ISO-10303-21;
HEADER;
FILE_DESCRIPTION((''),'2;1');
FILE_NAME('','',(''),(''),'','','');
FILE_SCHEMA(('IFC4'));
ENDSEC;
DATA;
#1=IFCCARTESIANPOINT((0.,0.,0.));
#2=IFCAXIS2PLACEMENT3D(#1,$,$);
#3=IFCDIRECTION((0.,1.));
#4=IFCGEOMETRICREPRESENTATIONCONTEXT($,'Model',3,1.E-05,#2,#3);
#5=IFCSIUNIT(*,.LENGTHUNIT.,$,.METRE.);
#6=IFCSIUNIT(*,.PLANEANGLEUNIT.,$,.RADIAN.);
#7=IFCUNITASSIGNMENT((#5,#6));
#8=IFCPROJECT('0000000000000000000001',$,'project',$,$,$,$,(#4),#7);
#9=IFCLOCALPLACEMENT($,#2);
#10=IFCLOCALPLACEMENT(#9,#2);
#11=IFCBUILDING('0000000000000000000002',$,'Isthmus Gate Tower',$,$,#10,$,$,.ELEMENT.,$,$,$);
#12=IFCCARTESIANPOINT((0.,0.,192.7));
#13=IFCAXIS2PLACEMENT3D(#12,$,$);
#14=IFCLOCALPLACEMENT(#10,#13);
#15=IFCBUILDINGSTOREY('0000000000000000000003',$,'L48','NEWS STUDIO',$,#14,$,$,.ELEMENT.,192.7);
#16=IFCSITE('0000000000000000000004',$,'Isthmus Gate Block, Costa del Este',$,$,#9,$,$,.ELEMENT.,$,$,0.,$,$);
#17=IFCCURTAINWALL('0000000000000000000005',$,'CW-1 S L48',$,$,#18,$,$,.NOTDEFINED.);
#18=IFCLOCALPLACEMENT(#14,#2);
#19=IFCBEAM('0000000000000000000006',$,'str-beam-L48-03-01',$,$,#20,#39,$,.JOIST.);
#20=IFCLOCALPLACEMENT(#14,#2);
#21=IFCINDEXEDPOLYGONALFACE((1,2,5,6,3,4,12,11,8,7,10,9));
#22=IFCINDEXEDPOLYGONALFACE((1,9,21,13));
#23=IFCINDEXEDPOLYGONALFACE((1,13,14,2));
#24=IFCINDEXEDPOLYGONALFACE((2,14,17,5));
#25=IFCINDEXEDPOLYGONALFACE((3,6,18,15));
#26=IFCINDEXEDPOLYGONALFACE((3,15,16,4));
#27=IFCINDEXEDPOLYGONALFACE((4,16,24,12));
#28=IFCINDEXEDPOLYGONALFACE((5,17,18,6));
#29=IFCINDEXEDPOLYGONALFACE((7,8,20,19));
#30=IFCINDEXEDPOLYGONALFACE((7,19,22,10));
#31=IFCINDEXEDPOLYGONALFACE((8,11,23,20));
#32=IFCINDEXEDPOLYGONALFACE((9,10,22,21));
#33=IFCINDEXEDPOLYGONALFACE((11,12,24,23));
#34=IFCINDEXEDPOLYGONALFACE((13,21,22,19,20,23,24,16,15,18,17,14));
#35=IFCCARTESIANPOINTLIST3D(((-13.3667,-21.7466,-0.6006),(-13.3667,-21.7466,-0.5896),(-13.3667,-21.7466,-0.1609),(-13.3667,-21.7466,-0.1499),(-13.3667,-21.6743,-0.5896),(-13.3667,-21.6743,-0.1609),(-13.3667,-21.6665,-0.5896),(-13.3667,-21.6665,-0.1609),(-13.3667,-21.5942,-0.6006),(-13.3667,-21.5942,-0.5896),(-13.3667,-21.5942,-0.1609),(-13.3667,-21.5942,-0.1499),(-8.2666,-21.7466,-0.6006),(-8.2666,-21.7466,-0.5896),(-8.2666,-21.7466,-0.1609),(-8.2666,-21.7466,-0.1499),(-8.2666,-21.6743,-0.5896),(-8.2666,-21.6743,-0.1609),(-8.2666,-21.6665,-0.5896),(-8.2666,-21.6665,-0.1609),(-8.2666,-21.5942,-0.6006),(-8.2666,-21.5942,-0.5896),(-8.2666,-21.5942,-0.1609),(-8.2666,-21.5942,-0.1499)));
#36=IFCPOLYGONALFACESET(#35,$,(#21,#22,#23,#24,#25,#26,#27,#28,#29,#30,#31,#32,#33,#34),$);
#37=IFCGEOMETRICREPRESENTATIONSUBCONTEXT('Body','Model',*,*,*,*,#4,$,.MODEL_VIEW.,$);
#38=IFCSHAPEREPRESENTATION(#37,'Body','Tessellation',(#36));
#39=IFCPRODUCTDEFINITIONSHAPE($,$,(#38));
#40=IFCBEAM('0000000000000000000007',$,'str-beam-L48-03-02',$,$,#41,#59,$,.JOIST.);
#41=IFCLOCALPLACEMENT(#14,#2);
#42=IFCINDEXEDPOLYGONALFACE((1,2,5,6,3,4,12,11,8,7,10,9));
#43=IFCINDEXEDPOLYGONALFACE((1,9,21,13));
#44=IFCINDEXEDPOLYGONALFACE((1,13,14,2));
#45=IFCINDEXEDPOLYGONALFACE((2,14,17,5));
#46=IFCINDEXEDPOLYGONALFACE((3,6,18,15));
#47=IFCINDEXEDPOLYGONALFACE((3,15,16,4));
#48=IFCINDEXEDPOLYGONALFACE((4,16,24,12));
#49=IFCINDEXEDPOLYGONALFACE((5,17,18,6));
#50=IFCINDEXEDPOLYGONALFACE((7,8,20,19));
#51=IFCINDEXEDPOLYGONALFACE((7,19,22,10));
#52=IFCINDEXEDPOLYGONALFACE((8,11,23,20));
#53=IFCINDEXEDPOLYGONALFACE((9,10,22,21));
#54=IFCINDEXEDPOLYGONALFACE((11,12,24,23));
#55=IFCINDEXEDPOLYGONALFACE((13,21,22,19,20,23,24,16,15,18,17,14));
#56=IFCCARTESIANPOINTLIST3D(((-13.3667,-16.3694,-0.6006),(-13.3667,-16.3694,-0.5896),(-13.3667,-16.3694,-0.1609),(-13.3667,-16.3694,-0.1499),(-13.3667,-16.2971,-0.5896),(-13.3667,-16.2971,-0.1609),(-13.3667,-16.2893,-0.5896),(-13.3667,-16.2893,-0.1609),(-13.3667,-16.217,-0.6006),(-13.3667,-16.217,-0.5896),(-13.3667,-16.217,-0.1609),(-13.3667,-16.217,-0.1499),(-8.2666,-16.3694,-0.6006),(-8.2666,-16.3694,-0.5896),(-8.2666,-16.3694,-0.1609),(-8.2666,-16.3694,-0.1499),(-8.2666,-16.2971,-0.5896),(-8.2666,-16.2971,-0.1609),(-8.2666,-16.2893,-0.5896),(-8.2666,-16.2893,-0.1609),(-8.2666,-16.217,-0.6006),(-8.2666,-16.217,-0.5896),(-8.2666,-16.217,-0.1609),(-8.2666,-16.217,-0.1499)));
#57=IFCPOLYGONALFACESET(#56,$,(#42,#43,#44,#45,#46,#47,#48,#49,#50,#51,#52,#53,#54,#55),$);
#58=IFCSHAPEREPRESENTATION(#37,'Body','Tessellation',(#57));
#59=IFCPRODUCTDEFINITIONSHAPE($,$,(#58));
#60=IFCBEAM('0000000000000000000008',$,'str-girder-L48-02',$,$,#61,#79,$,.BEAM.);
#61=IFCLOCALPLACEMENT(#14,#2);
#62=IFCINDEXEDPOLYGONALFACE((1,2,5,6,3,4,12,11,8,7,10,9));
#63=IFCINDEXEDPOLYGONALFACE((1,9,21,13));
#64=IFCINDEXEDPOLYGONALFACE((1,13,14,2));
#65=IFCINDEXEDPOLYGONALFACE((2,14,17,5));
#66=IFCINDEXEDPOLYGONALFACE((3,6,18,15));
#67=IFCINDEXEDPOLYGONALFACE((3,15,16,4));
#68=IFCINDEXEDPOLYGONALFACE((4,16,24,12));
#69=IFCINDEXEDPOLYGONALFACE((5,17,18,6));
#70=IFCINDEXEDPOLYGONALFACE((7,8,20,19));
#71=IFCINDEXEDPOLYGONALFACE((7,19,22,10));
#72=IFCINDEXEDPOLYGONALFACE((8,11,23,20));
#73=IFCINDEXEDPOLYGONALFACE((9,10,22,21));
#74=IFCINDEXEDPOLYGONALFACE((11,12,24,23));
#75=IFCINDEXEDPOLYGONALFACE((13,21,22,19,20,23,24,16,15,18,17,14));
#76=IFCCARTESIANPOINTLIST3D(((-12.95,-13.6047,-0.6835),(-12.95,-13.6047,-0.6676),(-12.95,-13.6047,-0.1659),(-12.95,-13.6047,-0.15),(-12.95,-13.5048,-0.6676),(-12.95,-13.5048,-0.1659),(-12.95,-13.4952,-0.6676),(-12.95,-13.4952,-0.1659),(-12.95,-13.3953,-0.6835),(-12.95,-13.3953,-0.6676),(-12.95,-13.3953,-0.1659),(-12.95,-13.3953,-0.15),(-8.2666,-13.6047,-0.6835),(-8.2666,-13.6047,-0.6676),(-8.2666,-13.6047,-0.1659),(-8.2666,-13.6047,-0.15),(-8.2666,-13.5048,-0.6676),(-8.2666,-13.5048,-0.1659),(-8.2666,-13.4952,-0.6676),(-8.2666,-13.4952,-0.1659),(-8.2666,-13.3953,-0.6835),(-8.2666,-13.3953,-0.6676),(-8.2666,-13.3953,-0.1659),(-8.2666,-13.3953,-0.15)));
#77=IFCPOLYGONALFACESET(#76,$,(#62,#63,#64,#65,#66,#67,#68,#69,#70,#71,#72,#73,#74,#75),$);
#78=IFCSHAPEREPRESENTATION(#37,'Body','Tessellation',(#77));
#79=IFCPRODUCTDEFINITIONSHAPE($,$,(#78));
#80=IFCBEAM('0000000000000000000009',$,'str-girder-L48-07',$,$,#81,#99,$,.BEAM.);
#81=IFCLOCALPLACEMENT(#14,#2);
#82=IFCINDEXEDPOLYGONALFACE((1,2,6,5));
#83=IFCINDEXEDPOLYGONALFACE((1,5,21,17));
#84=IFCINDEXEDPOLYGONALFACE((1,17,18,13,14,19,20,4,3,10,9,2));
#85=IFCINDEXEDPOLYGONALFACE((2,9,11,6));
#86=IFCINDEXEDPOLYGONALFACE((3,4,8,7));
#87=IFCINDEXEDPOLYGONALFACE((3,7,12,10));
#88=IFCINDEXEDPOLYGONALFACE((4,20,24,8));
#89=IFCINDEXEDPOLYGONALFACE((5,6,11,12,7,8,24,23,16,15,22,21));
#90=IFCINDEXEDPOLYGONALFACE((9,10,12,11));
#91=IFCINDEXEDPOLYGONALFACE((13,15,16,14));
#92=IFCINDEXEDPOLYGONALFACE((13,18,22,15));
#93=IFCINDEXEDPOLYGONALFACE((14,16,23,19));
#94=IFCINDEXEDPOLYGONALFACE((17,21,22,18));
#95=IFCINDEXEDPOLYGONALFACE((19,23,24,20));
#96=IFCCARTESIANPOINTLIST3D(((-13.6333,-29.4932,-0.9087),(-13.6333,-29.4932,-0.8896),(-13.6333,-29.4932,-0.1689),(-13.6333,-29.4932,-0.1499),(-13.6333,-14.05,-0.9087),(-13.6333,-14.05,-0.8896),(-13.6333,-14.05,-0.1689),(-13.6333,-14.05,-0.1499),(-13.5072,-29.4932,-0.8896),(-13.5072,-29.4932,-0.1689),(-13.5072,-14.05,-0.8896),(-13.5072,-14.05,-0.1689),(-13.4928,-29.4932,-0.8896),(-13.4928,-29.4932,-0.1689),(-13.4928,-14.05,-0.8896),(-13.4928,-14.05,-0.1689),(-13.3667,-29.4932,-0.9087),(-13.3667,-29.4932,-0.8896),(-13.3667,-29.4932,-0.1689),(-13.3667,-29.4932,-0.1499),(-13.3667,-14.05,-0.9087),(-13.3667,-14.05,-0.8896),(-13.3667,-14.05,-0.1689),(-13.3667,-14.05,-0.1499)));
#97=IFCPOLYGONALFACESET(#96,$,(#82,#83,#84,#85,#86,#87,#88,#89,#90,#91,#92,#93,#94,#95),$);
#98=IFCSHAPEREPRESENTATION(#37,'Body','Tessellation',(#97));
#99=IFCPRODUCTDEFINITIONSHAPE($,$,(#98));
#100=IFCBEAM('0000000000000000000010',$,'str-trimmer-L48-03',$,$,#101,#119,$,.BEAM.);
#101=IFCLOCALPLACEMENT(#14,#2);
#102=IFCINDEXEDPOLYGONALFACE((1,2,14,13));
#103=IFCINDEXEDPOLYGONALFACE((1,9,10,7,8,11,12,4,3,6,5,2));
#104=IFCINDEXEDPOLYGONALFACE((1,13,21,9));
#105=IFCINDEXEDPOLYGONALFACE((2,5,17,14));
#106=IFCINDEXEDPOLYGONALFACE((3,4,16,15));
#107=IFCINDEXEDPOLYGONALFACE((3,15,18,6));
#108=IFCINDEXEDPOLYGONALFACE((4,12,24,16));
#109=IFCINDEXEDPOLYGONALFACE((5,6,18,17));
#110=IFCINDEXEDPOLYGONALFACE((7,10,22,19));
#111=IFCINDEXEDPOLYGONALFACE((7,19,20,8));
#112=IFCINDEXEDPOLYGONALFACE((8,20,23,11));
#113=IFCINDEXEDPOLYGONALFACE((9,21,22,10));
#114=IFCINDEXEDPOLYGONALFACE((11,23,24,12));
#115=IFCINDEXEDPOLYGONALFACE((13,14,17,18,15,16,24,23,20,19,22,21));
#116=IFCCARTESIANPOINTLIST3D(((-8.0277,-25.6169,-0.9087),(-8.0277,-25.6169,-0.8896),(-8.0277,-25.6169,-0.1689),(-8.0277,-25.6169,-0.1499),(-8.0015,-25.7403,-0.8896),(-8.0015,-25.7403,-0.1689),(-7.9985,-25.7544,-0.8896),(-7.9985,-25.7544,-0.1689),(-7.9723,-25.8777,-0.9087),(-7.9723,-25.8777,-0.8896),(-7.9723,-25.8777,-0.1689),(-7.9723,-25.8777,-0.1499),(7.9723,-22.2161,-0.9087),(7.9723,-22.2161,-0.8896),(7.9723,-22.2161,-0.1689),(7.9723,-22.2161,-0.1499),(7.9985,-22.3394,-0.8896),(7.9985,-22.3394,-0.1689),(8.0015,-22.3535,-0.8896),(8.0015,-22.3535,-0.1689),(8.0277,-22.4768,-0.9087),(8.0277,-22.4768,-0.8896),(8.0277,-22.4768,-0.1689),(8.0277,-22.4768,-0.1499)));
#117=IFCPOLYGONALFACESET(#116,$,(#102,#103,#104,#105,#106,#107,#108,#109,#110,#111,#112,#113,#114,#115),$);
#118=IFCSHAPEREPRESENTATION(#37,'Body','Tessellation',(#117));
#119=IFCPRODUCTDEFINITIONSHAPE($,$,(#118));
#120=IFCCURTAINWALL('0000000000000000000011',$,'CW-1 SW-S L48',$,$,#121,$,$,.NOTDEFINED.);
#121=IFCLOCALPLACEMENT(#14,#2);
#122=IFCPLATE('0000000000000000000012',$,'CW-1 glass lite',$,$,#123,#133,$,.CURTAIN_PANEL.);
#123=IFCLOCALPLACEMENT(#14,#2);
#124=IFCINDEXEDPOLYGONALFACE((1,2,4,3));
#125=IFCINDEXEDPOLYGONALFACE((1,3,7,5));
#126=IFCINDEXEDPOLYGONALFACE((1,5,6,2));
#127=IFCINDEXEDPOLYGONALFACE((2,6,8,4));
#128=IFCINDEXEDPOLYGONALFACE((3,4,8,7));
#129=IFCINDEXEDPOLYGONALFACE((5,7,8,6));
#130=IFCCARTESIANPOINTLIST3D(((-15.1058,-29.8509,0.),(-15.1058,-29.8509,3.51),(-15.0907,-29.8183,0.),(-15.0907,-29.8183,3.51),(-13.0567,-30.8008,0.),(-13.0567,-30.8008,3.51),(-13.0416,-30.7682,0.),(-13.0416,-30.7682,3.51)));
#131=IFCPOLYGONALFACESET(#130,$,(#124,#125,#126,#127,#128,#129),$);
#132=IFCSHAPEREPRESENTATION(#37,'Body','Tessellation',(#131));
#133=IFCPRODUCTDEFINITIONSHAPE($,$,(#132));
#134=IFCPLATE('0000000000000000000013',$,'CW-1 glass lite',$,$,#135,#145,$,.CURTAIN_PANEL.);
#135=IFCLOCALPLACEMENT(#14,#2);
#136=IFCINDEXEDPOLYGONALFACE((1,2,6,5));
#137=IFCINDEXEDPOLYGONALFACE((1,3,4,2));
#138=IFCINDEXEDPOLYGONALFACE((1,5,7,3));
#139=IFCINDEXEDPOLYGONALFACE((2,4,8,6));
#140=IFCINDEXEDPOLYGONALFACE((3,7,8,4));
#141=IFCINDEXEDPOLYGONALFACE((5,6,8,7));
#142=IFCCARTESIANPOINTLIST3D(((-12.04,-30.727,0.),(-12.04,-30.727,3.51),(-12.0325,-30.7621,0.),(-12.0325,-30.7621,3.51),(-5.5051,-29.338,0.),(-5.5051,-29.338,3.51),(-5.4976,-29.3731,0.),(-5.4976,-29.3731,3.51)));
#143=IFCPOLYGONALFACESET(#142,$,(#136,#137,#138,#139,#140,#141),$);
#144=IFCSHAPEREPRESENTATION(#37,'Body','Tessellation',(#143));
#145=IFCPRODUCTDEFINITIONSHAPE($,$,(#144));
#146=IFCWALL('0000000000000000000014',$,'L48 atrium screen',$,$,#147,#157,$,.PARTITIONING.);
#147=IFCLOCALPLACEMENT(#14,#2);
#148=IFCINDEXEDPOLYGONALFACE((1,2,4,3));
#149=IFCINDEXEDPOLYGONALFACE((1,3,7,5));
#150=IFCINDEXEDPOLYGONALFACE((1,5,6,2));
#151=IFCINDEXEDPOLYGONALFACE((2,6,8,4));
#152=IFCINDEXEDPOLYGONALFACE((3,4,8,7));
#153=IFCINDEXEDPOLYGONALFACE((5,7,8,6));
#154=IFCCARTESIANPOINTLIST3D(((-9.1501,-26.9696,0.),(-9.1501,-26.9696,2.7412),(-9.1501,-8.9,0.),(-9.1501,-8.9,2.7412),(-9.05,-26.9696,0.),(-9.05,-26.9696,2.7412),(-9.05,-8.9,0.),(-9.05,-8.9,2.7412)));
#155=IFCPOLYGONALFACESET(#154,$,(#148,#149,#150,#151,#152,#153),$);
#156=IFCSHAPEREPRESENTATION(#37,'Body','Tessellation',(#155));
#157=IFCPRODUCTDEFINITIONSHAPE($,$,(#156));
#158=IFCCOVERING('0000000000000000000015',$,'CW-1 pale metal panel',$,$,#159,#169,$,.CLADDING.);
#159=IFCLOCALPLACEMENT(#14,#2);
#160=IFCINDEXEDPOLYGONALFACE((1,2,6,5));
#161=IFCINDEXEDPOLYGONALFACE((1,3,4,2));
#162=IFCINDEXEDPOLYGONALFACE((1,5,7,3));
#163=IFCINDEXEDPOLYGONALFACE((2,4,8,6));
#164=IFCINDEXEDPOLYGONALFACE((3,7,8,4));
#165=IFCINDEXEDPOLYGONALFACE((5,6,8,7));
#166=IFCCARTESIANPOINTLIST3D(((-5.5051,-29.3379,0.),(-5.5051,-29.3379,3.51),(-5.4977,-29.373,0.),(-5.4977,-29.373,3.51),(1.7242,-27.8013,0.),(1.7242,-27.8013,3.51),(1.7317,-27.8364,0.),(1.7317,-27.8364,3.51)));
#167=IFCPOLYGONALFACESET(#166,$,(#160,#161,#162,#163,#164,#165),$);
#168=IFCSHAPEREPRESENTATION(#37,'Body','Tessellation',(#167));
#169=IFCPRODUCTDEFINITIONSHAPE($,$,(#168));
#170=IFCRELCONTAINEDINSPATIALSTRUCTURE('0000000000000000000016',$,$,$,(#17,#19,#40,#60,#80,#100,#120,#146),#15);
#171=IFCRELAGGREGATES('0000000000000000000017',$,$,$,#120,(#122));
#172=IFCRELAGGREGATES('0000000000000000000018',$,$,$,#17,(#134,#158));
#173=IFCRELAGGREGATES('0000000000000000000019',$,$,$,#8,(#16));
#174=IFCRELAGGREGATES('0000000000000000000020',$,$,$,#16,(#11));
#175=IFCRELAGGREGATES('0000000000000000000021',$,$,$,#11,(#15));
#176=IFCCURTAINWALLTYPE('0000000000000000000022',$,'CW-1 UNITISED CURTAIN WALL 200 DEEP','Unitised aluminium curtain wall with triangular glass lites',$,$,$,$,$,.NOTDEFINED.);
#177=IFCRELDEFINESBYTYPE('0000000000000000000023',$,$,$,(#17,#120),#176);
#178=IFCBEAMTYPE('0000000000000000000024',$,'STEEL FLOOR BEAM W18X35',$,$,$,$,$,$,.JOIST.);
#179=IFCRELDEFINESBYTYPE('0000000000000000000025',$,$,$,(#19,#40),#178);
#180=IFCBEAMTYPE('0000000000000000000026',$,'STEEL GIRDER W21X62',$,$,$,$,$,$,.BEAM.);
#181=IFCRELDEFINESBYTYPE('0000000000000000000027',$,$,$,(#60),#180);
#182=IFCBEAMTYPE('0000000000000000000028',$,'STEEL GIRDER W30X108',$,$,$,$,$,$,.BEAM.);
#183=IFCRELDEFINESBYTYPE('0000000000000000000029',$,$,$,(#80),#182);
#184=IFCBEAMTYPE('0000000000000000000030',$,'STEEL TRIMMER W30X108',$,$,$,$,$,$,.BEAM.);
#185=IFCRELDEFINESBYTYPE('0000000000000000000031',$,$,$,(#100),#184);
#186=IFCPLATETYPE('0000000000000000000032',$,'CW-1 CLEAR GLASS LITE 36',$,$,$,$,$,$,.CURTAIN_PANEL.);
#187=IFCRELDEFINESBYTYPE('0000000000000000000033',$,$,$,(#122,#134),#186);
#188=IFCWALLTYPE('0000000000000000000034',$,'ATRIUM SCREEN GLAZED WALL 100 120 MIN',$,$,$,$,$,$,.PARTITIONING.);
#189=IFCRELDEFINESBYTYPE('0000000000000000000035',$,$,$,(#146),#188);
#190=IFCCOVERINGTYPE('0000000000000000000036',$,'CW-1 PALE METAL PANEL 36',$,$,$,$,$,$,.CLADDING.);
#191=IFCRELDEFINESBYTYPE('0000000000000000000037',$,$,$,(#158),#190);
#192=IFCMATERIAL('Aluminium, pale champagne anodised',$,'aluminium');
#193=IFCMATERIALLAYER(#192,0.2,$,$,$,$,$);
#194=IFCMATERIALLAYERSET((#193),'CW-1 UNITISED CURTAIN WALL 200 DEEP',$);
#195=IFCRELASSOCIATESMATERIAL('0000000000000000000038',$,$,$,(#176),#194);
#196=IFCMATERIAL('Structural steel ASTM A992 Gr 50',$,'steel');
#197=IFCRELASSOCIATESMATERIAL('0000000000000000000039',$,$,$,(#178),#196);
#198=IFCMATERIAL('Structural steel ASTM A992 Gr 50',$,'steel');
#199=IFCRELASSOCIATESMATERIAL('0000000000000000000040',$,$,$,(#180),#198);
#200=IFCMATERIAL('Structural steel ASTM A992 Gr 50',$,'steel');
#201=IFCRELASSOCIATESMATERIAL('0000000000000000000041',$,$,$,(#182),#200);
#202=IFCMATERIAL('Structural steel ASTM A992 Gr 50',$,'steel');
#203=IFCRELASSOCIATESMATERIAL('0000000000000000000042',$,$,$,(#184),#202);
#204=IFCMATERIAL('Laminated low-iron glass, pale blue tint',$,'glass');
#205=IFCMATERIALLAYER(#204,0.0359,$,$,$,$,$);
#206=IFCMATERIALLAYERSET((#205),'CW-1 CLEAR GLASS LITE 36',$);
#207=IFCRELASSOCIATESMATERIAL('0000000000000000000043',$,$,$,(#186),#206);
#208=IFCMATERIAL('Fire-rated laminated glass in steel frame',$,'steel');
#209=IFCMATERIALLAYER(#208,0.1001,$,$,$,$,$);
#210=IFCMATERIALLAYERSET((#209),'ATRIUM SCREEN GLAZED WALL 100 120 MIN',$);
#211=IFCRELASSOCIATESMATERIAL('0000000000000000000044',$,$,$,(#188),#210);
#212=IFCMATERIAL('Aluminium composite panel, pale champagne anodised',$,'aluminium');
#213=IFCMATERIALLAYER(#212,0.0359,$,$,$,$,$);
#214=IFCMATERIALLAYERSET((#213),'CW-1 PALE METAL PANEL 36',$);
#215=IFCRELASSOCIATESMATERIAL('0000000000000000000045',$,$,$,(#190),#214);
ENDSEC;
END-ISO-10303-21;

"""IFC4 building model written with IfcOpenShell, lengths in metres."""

from ifc_helpers import new_model, si_unit, direction, frame, frame_2d, origin, origin_2d, place, context, subcontext, project, spatial, rectangle, i_section, extrude, material, layer, layer_set, material_profile, profile_set, type_object, element, aggregate, save


model = new_model("IFC4")

# Units and contexts
model_context = context("Model", 3, precision=1e-05, world=origin(), true_north=direction((0.0, 1.0)))
body_context = subcontext(model_context, "Body", "Model", "MODEL_VIEW")
ifc_project = project(units=[si_unit("LENGTHUNIT", "METRE"), si_unit("PLANEANGLEUNIT", "RADIAN")], contexts=[model_context])

# Site, building, storey
site_placement = place(None, origin())
site = spatial("IfcSite", under=ifc_project, at=site_placement, Name="Isthmus Gate Block, Costa del Este", CompositionType="ELEMENT", RefElevation=0.0)
building_placement = place(site_placement, origin())
building = spatial("IfcBuilding", under=site, at=building_placement, Name="Isthmus Gate Tower", CompositionType="ELEMENT")
storey_placement = place(building_placement, frame((0.0, 0.0, 192.7)))
storey = spatial("IfcBuildingStorey", under=building, at=storey_placement, Name="L48", Description="NEWS STUDIO", CompositionType="ELEMENT", Elevation=192.7)

# Curtain wall
ifc_material_1 = material(Name="Aluminium, pale champagne anodised", Category="aluminium")
ifc_layer_1 = layer(ifc_material_1, 0.2)
ifc_layer_set_1 = layer_set([ifc_layer_1], Name="CW-1 UNITISED CURTAIN WALL 200 DEEP")
curtain_wall_type = type_object("IfcCurtainWallType", Name="CW-1 UNITISED CURTAIN WALL 200 DEEP", Description="Unitised aluminium curtain wall with triangular glass lites", PredefinedType="NOTDEFINED", material=ifc_layer_set_1)
curtain_wall_1_placement = place(storey_placement, origin())
curtain_wall_1 = element("IfcCurtainWall", 1, at=curtain_wall_1_placement, inside=storey, type_object=curtain_wall_type, Name="CW-1 S L48", PredefinedType="NOTDEFINED")

# Beams
ifc_material_2 = material(Name="Structural steel ASTM A992 Gr 50", Category="steel")
ifc_material_profile_1 = material_profile(ifc_material_2, i_section(OverallWidth=0.1523, OverallDepth=0.4507, WebThickness=0.0078, FlangeThickness=0.011, at=origin_2d()), Name="W18X35")
ifc_profile_set_1 = profile_set([ifc_material_profile_1], Name="Structural steel ASTM A992 Gr 50")
beam_type_1 = type_object("IfcBeamType", Name="STEEL FLOOR BEAM W18X35", PredefinedType="JOIST", material=ifc_profile_set_1)
for number, where, z_axis, x_axis, name in (
    (2, (-13.3667, -21.6704, -0.3752), (1.0, 0.0, 0.0), (0.0, 1.0, 0.0), "str-beam-L48-03-01"),
    (3, (-13.3667, -16.2932, -0.3752), (1.0, 0.0, 0.0), (0.0, 1.0, 0.0), "str-beam-L48-03-02"),
):
    element("IfcBeam", number, at=place(storey_placement, frame(where, z_axis=z_axis, x_axis=x_axis)), inside=storey, type_object=beam_type_1, Name=name, PredefinedType="JOIST", context=body_context, shape_type="SweptSolid", body=[
        extrude(i_section(OverallWidth=0.1523, OverallDepth=0.4507, WebThickness=0.0078, FlangeThickness=0.011, at=origin_2d()), origin(), (0.0, 0.0, 1.0), 5.1001),
    ])
ifc_material_3 = material(Name="Structural steel ASTM A992 Gr 50", Category="steel")
ifc_material_profile_2 = material_profile(ifc_material_3, i_section(OverallWidth=0.2095, OverallDepth=0.5334, WebThickness=0.0095, FlangeThickness=0.0159, at=origin_2d()), Name="W21X62")
ifc_profile_set_2 = profile_set([ifc_material_profile_2], Name="Structural steel ASTM A992 Gr 50")
beam_type_2 = type_object("IfcBeamType", Name="STEEL GIRDER W21X62", PredefinedType="BEAM", material=ifc_profile_set_2)
beam_1_placement = place(storey_placement, frame((-12.95, -13.5, -0.4167), z_axis=(1.0, 0.0, 0.0), x_axis=(0.0, 1.0, 0.0)))
element("IfcBeam", 4, at=beam_1_placement, inside=storey, type_object=beam_type_2, Name="str-girder-L48-02", PredefinedType="BEAM", context=body_context, shape_type="SweptSolid", body=[
    extrude(i_section(OverallWidth=0.2095, OverallDepth=0.5334, WebThickness=0.0095, FlangeThickness=0.0159, at=origin_2d()), origin(), (0.0, 0.0, 1.0), 4.6833),
])
ifc_material_4 = material(Name="Structural steel ASTM A992 Gr 50", Category="steel")
ifc_material_profile_3 = material_profile(ifc_material_4, i_section(OverallWidth=0.2666, OverallDepth=0.7588, WebThickness=0.0144, FlangeThickness=0.019, at=origin_2d()), Name="W30X108")
ifc_profile_set_3 = profile_set([ifc_material_profile_3], Name="Structural steel ASTM A992 Gr 50")
beam_type_3 = type_object("IfcBeamType", Name="STEEL GIRDER W30X108", PredefinedType="BEAM", material=ifc_profile_set_3)
beam_2_placement = place(storey_placement, frame((-13.5, -29.4932, -0.5293), z_axis=(0.0, 1.0, 0.0), x_axis=(-1.0, 0.0, 0.0)))
element("IfcBeam", 5, at=beam_2_placement, inside=storey, type_object=beam_type_3, Name="str-girder-L48-07", PredefinedType="BEAM", context=body_context, shape_type="SweptSolid", body=[
    extrude(i_section(OverallWidth=0.2666, OverallDepth=0.7588, WebThickness=0.0144, FlangeThickness=0.019, at=origin_2d()), origin(), (0.0, 0.0, 1.0), 15.4431),
])
ifc_material_5 = material(Name="Structural steel ASTM A992 Gr 50", Category="steel")
ifc_material_profile_4 = material_profile(ifc_material_5, i_section(OverallWidth=0.2666, OverallDepth=0.7588, WebThickness=0.0144, FlangeThickness=0.019, at=origin_2d()), Name="W30X108")
ifc_profile_set_4 = profile_set([ifc_material_profile_4], Name="Structural steel ASTM A992 Gr 50")
beam_type_4 = type_object("IfcBeamType", Name="STEEL TRIMMER W30X108", PredefinedType="BEAM", material=ifc_profile_set_4)
beam_3_placement = place(storey_placement, frame((-8.0, -25.7473, -0.5293), z_axis=(0.978148, 0.20791, 0.0), x_axis=(-0.20791, 0.978148, 0.0)))
element("IfcBeam", 6, at=beam_3_placement, inside=storey, type_object=beam_type_4, Name="str-trimmer-L48-03", PredefinedType="BEAM", context=body_context, shape_type="SweptSolid", body=[
    extrude(i_section(OverallWidth=0.2666, OverallDepth=0.7588, WebThickness=0.0144, FlangeThickness=0.019, at=origin_2d()), origin(), (0.0, 0.0, 1.0), 16.3574),
])

# Curtain wall, plate
curtain_wall_2_placement = place(storey_placement, origin())
curtain_wall_2 = element("IfcCurtainWall", 7, at=curtain_wall_2_placement, inside=storey, type_object=curtain_wall_type, Name="CW-1 SW-S L48", PredefinedType="NOTDEFINED")
ifc_material_6 = material(Name="Laminated low-iron glass, pale blue tint", Category="glass")
ifc_layer_2 = layer(ifc_material_6, 0.0359)
ifc_layer_set_2 = layer_set([ifc_layer_2], Name="CW-1 CLEAR GLASS LITE 36")
plate_type = type_object("IfcPlateType", Name="CW-1 CLEAR GLASS LITE 36", PredefinedType="CURTAIN_PANEL", material=ifc_layer_set_2)
plate_1_placement = place(storey_placement, frame((-14.0737, -30.3096, 0.0), z_axis=(0.0, 0.0, 1.0), x_axis=(0.907256, -0.420578, 0.0)))
plate_1 = element("IfcPlate", 8, at=plate_1_placement, type_object=plate_type, Name="CW-1 glass lite", PredefinedType="CURTAIN_PANEL", context=body_context, shape_type="SweptSolid", body=[
    extrude(rectangle(XDim=2.2585, YDim=0.0359, at=origin_2d()), origin(), (0.0, 0.0, 1.0), 3.51),
])
aggregate(curtain_wall_2, [plate_1])

# Plate
plate_2_placement = place(storey_placement, frame((-8.7688, -30.05, 0.0), z_axis=(0.0, 0.0, 1.0), x_axis=(0.978148, 0.207912, 0.0)))
plate_2 = element("IfcPlate", 9, at=plate_2_placement, type_object=plate_type, Name="CW-1 glass lite", PredefinedType="CURTAIN_PANEL", context=body_context, shape_type="SweptSolid", body=[
    extrude(rectangle(XDim=6.6809, YDim=0.0359, at=origin_2d()), origin(), (0.0, 0.0, 1.0), 3.51),
])

# Wall
ifc_material_7 = material(Name="Fire-rated laminated glass in steel frame", Category="steel")
ifc_layer_3 = layer(ifc_material_7, 0.1001)
ifc_layer_set_3 = layer_set([ifc_layer_3], Name="ATRIUM SCREEN GLAZED WALL 100 120 MIN")
wall_type = type_object("IfcWallType", Name="ATRIUM SCREEN GLAZED WALL 100 120 MIN", PredefinedType="PARTITIONING", material=ifc_layer_set_3)
wall_placement = place(storey_placement, frame((-9.1001, -26.9695, 0.0), z_axis=(0.0, 0.0, 1.0), x_axis=(0.0, 1.0, 0.0)))
element("IfcWall", 10, at=wall_placement, inside=storey, type_object=wall_type, Name="L48 atrium screen", PredefinedType="PARTITIONING", context=body_context, shape_type="SweptSolid", body=[
    extrude(rectangle(XDim=18.0696, YDim=0.1001, at=frame_2d((9.0347, 0.0))), origin(), (0.0, 0.0, 1.0), 2.7412),
])

# Covering
ifc_material_8 = material(Name="Aluminium composite panel, pale champagne anodised", Category="aluminium")
ifc_layer_4 = layer(ifc_material_8, 0.0359)
ifc_layer_set_4 = layer_set([ifc_layer_4], Name="CW-1 PALE METAL PANEL 36")
covering_type = type_object("IfcCoveringType", Name="CW-1 PALE METAL PANEL 36", PredefinedType="CLADDING", material=ifc_layer_set_4)
covering_placement = place(storey_placement, frame((-1.8867, -28.5872, 0.0), z_axis=(0.0, 0.0, 1.0), x_axis=(0.978148, 0.207912, 0.0)))
covering = element("IfcCovering", 11, at=covering_placement, type_object=covering_type, Name="CW-1 pale metal panel", PredefinedType="CLADDING", context=body_context, shape_type="SweptSolid", body=[
    extrude(rectangle(XDim=7.3909, YDim=0.0359, at=origin_2d()), origin(), (0.0, 0.0, 1.0), 3.51),
])
aggregate(curtain_wall_1, [plate_2, covering])

save(model, "model.ifc")
